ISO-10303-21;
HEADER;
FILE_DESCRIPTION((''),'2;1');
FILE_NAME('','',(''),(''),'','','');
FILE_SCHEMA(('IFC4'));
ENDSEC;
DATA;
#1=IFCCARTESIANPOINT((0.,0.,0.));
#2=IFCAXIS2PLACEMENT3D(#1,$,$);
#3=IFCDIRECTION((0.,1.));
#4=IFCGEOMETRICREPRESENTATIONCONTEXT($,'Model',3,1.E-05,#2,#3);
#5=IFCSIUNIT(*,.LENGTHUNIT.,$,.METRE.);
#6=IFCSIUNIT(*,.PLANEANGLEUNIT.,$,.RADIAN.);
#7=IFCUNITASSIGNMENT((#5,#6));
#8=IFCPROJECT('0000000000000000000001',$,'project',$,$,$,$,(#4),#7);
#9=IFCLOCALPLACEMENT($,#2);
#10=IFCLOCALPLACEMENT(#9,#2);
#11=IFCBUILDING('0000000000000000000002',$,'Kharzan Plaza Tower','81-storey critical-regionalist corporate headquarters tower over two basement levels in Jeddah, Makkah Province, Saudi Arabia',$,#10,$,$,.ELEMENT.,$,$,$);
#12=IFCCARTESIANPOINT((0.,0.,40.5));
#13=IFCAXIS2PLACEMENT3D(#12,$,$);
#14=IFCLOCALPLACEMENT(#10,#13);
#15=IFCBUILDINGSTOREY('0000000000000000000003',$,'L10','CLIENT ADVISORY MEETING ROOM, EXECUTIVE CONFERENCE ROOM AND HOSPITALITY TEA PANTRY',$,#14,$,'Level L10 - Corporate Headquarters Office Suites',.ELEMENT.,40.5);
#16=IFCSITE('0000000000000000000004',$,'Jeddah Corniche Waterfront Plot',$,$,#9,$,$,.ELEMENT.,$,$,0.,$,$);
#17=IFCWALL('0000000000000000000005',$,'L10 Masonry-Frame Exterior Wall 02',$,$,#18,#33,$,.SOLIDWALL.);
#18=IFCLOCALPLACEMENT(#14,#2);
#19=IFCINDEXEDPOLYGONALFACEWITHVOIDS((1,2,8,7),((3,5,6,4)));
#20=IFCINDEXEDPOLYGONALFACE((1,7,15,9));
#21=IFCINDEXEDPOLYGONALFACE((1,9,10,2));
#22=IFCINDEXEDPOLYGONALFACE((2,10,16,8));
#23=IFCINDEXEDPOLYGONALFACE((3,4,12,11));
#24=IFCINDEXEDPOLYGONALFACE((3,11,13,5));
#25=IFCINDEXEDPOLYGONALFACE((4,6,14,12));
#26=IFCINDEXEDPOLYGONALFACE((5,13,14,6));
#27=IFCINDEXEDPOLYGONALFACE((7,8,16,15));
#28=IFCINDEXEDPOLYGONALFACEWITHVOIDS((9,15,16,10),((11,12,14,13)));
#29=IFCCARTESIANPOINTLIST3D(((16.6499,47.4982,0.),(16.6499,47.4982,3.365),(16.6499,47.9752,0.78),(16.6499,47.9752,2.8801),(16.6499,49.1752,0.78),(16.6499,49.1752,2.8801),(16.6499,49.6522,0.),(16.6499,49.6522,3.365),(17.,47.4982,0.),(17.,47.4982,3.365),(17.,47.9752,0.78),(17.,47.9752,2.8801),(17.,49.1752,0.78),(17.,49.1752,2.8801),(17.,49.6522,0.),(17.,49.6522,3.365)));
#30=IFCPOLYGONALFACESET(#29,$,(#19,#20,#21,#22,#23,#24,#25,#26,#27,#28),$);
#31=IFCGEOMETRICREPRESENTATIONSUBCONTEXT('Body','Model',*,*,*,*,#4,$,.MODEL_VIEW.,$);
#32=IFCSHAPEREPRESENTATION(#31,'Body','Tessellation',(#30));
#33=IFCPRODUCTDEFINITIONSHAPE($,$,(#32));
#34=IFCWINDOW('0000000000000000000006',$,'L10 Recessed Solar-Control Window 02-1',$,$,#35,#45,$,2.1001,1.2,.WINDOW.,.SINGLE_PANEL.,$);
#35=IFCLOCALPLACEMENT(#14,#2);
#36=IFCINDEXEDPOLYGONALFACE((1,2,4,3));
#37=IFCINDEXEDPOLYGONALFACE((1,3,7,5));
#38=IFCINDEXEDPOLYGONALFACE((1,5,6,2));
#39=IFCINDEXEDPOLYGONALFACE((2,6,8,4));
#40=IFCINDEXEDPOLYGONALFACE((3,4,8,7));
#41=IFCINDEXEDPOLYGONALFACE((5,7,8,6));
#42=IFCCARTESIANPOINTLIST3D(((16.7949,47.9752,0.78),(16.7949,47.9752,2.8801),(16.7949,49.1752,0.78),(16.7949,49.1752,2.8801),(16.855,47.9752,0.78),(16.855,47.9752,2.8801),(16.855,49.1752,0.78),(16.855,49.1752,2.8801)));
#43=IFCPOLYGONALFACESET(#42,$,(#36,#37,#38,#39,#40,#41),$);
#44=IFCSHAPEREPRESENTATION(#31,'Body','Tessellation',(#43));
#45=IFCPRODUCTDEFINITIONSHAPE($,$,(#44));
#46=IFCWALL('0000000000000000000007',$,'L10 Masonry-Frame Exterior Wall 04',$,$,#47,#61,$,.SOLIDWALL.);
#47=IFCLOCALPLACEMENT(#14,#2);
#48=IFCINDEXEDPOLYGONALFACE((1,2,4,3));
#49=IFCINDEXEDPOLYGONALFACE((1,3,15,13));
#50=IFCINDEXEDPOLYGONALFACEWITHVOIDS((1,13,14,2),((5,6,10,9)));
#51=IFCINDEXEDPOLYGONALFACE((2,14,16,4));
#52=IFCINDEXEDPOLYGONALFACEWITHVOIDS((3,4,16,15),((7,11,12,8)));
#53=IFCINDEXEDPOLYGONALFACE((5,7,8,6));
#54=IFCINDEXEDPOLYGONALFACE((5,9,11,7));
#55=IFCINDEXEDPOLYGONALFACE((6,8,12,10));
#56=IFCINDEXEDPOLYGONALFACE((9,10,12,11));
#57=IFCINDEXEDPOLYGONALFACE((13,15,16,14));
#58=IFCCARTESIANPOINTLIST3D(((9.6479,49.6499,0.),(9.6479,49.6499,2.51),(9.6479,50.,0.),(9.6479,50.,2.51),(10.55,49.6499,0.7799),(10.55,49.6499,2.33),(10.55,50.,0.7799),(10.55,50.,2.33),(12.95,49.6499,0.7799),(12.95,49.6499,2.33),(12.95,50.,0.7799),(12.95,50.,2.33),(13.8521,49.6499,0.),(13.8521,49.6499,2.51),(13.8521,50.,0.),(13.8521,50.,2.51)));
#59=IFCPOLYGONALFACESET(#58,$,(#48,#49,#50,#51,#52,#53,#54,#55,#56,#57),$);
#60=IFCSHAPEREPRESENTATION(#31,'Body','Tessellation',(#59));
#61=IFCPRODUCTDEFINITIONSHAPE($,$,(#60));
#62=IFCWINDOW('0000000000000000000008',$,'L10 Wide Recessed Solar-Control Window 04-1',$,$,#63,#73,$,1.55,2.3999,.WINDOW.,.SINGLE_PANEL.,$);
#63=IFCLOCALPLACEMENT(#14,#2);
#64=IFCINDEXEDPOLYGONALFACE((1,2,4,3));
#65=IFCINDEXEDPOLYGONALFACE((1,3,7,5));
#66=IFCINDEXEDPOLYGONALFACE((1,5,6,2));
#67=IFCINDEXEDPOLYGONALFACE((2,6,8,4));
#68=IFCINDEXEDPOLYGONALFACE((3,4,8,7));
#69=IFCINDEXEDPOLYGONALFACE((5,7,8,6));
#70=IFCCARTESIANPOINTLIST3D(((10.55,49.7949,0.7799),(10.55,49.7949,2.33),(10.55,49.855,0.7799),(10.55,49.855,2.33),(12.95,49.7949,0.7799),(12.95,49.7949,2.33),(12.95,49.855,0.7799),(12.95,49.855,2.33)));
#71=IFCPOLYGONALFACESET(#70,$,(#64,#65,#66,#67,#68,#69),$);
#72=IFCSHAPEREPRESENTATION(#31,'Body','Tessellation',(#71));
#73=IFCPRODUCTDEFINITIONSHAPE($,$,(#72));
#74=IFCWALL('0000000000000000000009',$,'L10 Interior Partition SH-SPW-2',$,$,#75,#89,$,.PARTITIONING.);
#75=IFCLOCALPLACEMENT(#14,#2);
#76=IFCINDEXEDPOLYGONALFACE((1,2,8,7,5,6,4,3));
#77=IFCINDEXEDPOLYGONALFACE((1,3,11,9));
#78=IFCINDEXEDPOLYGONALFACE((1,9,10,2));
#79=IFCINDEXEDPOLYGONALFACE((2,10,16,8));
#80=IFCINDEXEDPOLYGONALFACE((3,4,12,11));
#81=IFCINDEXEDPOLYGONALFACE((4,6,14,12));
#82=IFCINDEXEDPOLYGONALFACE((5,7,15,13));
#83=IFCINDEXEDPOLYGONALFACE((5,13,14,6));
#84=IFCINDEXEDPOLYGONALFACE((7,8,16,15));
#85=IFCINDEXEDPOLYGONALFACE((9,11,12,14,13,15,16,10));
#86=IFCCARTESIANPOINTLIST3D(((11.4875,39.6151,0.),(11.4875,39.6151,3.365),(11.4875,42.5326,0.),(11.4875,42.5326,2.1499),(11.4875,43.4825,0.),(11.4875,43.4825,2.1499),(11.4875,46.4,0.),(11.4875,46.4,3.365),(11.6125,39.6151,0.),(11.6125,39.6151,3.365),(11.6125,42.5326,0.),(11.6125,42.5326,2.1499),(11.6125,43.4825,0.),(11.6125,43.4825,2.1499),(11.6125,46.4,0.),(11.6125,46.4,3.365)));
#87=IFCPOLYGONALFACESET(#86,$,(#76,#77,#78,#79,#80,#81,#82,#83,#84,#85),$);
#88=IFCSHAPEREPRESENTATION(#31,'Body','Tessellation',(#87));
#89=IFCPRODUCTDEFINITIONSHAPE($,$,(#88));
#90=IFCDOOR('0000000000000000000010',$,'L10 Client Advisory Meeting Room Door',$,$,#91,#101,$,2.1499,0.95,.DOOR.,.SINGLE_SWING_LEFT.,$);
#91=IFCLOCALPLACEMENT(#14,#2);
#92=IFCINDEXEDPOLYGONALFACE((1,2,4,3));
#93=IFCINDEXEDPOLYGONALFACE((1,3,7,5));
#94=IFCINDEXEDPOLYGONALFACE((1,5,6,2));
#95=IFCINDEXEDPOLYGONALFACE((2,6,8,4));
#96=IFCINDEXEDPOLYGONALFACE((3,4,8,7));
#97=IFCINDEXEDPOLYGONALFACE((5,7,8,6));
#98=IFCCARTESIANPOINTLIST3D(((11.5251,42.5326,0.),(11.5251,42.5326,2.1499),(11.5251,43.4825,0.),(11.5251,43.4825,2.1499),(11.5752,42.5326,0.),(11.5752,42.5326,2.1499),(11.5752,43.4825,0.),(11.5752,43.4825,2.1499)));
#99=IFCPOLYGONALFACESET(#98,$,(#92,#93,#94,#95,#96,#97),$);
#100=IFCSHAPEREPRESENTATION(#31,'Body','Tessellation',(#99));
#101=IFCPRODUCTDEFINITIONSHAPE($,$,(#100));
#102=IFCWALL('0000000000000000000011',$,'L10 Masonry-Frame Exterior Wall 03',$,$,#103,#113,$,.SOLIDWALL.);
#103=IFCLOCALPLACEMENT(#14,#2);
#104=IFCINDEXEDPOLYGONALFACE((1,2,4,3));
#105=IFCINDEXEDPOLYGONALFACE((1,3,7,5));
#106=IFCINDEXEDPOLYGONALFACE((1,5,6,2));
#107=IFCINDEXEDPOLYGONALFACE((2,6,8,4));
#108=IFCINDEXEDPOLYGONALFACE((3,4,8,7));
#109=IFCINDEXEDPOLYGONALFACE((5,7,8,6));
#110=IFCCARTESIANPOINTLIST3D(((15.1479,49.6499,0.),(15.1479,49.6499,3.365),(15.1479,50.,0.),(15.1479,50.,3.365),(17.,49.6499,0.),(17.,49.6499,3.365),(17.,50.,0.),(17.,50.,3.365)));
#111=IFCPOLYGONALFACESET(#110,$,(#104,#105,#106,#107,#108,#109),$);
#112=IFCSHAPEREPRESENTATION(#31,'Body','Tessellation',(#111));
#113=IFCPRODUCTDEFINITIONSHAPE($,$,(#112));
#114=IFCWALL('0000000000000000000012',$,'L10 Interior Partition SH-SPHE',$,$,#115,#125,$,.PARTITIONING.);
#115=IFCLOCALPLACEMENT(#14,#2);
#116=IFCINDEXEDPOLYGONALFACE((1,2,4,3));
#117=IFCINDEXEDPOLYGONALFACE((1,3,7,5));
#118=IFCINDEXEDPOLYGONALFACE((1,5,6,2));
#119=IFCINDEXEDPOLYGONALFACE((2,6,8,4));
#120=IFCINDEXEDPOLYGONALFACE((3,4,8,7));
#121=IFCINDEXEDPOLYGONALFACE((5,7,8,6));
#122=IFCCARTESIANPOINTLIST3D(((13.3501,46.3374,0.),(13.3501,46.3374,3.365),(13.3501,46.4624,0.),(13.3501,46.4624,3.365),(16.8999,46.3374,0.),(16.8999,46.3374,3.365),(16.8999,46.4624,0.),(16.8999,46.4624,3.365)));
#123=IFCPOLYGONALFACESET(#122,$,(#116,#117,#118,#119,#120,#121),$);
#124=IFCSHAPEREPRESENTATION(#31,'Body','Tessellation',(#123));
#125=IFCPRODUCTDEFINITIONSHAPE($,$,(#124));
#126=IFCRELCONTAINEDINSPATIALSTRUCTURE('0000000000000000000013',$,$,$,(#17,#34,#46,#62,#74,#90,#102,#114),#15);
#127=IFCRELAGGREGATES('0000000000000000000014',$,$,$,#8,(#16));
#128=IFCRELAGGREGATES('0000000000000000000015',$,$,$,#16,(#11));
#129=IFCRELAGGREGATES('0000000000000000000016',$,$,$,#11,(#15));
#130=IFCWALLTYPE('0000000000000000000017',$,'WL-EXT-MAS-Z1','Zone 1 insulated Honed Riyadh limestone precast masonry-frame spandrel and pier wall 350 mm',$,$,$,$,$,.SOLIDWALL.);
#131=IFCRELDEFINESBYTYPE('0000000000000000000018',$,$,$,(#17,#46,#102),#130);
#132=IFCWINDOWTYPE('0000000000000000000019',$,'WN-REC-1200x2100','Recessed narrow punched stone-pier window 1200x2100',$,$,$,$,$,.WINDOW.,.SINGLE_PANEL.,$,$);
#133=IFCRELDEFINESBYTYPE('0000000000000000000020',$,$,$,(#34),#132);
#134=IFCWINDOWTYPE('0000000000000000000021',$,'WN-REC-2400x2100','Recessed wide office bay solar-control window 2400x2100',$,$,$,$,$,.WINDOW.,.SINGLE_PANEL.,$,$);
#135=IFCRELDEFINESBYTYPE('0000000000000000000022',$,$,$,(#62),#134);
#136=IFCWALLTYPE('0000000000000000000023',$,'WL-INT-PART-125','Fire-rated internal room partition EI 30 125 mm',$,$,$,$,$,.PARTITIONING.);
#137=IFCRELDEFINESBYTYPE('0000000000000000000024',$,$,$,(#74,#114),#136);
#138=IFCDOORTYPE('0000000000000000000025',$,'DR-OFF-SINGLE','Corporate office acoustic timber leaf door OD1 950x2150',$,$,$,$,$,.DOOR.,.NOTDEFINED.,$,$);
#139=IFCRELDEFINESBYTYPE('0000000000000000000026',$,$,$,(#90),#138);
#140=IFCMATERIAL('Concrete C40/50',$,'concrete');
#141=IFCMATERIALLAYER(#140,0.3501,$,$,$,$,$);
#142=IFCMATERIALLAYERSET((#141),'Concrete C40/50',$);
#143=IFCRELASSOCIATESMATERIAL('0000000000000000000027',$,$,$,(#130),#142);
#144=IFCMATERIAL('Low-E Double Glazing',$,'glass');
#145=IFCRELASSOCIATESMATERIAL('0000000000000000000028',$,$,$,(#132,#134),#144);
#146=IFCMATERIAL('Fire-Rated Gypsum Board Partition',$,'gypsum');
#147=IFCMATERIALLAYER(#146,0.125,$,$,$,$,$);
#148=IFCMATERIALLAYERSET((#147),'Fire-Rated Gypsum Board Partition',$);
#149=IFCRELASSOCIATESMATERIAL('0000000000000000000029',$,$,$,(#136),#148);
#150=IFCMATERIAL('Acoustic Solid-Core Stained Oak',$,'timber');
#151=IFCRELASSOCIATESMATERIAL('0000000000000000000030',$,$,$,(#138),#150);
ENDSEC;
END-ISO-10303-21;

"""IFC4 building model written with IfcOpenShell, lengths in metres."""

from ifc_helpers import new_model, si_unit, direction, frame, frame_2d, origin, place, context, subcontext, project, spatial, rectangle, extrude, source, transform, mapped, material, layer, layer_set, type_object, element, fill, save


model = new_model("IFC4")

# Units and contexts
model_context = context("Model", 3, precision=1e-05, world=origin(), true_north=direction((0.0, 1.0)))
body_context = subcontext(model_context, "Body", "Model", "MODEL_VIEW")
ifc_project = project(units=[si_unit("LENGTHUNIT", "METRE"), si_unit("PLANEANGLEUNIT", "RADIAN")], contexts=[model_context])

# Site, building, storey
site_placement = place(None, origin())
site = spatial("IfcSite", under=ifc_project, at=site_placement, Name="Jeddah Corniche Waterfront Plot", CompositionType="ELEMENT", RefElevation=0.0)
building_placement = place(site_placement, origin())
building = spatial("IfcBuilding", under=site, at=building_placement, Name="Kharzan Plaza Tower", Description="81-storey critical-regionalist corporate headquarters tower over two basement levels in Jeddah, Makkah Province, Saudi Arabia", CompositionType="ELEMENT")
storey_placement = place(building_placement, frame((0.0, 0.0, 40.5)))
storey = spatial("IfcBuildingStorey", under=building, at=storey_placement, Name="L10", Description="CLIENT ADVISORY MEETING ROOM, EXECUTIVE CONFERENCE ROOM AND HOSPITALITY TEA PANTRY", LongName="Level L10 - Corporate Headquarters Office Suites", CompositionType="ELEMENT", Elevation=40.5)

# Walls, openings, windows
ifc_material_1 = material(Name="Concrete C40/50", Category="concrete")
ifc_layer_1 = layer(ifc_material_1, 0.3501)
ifc_layer_set_1 = layer_set([ifc_layer_1], Name="Concrete C40/50")
wall_type_1 = type_object("IfcWallType", Name="WL-EXT-MAS-Z1", Description="Zone 1 insulated Honed Riyadh limestone precast masonry-frame spandrel and pier wall 350 mm", PredefinedType="SOLIDWALL", material=ifc_layer_set_1)
wall_1_placement = place(storey_placement, frame((16.825, 47.498, 0.0), z_axis=(0.0, 0.0, 1.0), x_axis=(0.0, 1.0, 0.0)))
wall_1 = element("IfcWall", 1, at=wall_1_placement, inside=storey, type_object=wall_type_1, Name="L10 Masonry-Frame Exterior Wall 02", PredefinedType="SOLIDWALL", context=body_context, shape_type="SweptSolid", body=[
    extrude(rectangle(XDim=2.1541, YDim=0.3501, at=frame_2d((1.0771, 0.0))), origin(), (0.0, 0.0, 1.0), 3.365),
])
opening_1_placement = place(wall_1_placement, frame((0.4771, 0.0, 0.78)))
opening_1 = element("IfcOpeningElement", 2, at=opening_1_placement, cuts=wall_1, PredefinedType="OPENING", context=body_context, shape_type="SweptSolid", body=[
    extrude(rectangle(XDim=1.2, YDim=2.1001, at=frame_2d((0.6001, 1.05))), frame((0.0, 0.1851, 0.0), z_axis=(0.0, -1.0, 0.0), x_axis=(1.0, 0.0, 0.0)), (0.0, 0.0, 1.0), 0.3701),
])
ifc_material_2 = material(Name="Low-E Double Glazing", Category="glass")
window_type_1 = type_object("IfcWindowType", Name="WN-REC-1200x2100", Description="Recessed narrow punched stone-pier window 1200x2100", PartitioningType="SINGLE_PANEL", PredefinedType="WINDOW", material=ifc_material_2)
shared_shape_1 = source(origin(), body_context, "Body", "SweptSolid", [
    extrude(rectangle(XDim=1.2, YDim=2.1001, at=frame_2d((0.6001, 1.05))), frame((0.0, 0.03, 0.0), z_axis=(0.0, -1.0, 0.0), x_axis=(1.0, 0.0, 0.0)), (0.0, 0.0, 1.0), 0.0601),
])
window_1_placement = place(opening_1_placement, origin())
window_1 = element("IfcWindow", 3, at=window_1_placement, inside=storey, type_object=window_type_1, Name="L10 Recessed Solar-Control Window 02-1", OverallHeight=2.1001, OverallWidth=1.2, PartitioningType="SINGLE_PANEL", PredefinedType="WINDOW", context=body_context, shape_type="MappedRepresentation", body=[
    mapped(shared_shape_1, transform((0.0, 0.0, 0.0), x_axis=(1.0, 0.0, 0.0), y_axis=(0.0, 1.0, 0.0), z_axis=(0.0, 0.0, 1.0))),
])
fill(opening_1, window_1)
wall_2_placement = place(storey_placement, frame((13.8521, 49.825, 0.0), z_axis=(0.0, 0.0, 1.0), x_axis=(-1.0, 0.0, 0.0)))
wall_2 = element("IfcWall", 4, at=wall_2_placement, inside=storey, type_object=wall_type_1, Name="L10 Masonry-Frame Exterior Wall 04", PredefinedType="SOLIDWALL", context=body_context, shape_type="SweptSolid", body=[
    extrude(rectangle(XDim=4.2041, YDim=0.3501, at=frame_2d((2.1021, 0.0))), origin(), (0.0, 0.0, 1.0), 2.51),
])
opening_2_placement = place(wall_2_placement, frame((0.9021, 0.0, 0.78)))
opening_2 = element("IfcOpeningElement", 5, at=opening_2_placement, cuts=wall_2, PredefinedType="OPENING", context=body_context, shape_type="SweptSolid", body=[
    extrude(rectangle(XDim=2.3999, YDim=1.55, at=frame_2d((1.2, 0.7749))), frame((0.0, 0.1851, 0.0), z_axis=(0.0, -1.0, 0.0), x_axis=(1.0, 0.0, 0.0)), (0.0, 0.0, 1.0), 0.3701),
])
window_type_2 = type_object("IfcWindowType", Name="WN-REC-2400x2100", Description="Recessed wide office bay solar-control window 2400x2100", PartitioningType="SINGLE_PANEL", PredefinedType="WINDOW", material=ifc_material_2)
shared_shape_2 = source(origin(), body_context, "Body", "SweptSolid", [
    extrude(rectangle(XDim=2.3999, YDim=1.55, at=frame_2d((1.2, 0.7749))), frame((0.0, 0.03, 0.0), z_axis=(0.0, -1.0, 0.0), x_axis=(1.0, 0.0, 0.0)), (0.0, 0.0, 1.0), 0.0601),
])
window_2_placement = place(opening_2_placement, origin())
window_2 = element("IfcWindow", 6, at=window_2_placement, inside=storey, type_object=window_type_2, Name="L10 Wide Recessed Solar-Control Window 04-1", OverallHeight=1.55, OverallWidth=2.3999, PartitioningType="SINGLE_PANEL", PredefinedType="WINDOW", context=body_context, shape_type="MappedRepresentation", body=[
    mapped(shared_shape_2, transform((0.0, 0.0, 0.0), x_axis=(1.0, 0.0, 0.0), y_axis=(0.0, 1.0, 0.0), z_axis=(0.0, 0.0, 1.0))),
])
fill(opening_2, window_2)

# Wall, opening, door
ifc_material_3 = material(Name="Fire-Rated Gypsum Board Partition", Category="gypsum")
ifc_layer_2 = layer(ifc_material_3, 0.125)
ifc_layer_set_2 = layer_set([ifc_layer_2], Name="Fire-Rated Gypsum Board Partition")
wall_type_2 = type_object("IfcWallType", Name="WL-INT-PART-125", Description="Fire-rated internal room partition EI 30 125 mm", PredefinedType="PARTITIONING", material=ifc_layer_set_2)
ifc_material_4 = material(Name="Acoustic Solid-Core Stained Oak", Category="timber")
door_type = type_object("IfcDoorType", Name="DR-OFF-SINGLE", Description="Corporate office acoustic timber leaf door OD1 950x2150", OperationType="NOTDEFINED", PredefinedType="DOOR", material=ifc_material_4)
shared_shape_3 = source(origin(), body_context, "Body", "SweptSolid", [
    extrude(rectangle(XDim=0.95, YDim=2.1499, at=frame_2d((0.4751, 1.075))), frame((0.0, 0.0249, 0.0), z_axis=(0.0, -1.0, 0.0), x_axis=(1.0, 0.0, 0.0)), (0.0, 0.0, 1.0), 0.05),
])
wall_3_placement = place(storey_placement, frame((11.55, 39.615, 0.0), z_axis=(0.0, 0.0, 1.0), x_axis=(0.0, 1.0, 0.0)))
wall_3 = element("IfcWall", 7, at=wall_3_placement, inside=storey, type_object=wall_type_2, Name="L10 Interior Partition SH-SPW-2", PredefinedType="PARTITIONING", context=body_context, shape_type="SweptSolid", body=[
    extrude(rectangle(XDim=6.7849, YDim=0.125, at=frame_2d((3.3926, 0.0))), origin(), (0.0, 0.0, 1.0), 3.365),
])
opening_3_placement = place(wall_3_placement, frame((2.9175, 0.0, 0.0)))
opening_3 = element("IfcOpeningElement", 8, at=opening_3_placement, cuts=wall_3, PredefinedType="OPENING", context=body_context, shape_type="SweptSolid", body=[
    extrude(rectangle(XDim=0.95, YDim=2.1499, at=frame_2d((0.4751, 1.075))), frame((0.0, 0.0725, 0.0), z_axis=(0.0, -1.0, 0.0), x_axis=(1.0, 0.0, 0.0)), (0.0, 0.0, 1.0), 0.145),
])
door_1_placement = place(opening_3_placement, origin())
door_1 = element("IfcDoor", 9, at=door_1_placement, inside=storey, type_object=door_type, Name="L10 Client Advisory Meeting Room Door", OperationType="SINGLE_SWING_LEFT", OverallHeight=2.1499, OverallWidth=0.95, PredefinedType="DOOR", context=body_context, shape_type="MappedRepresentation", body=[
    mapped(shared_shape_3, transform((0.0, 0.0, 0.0), x_axis=(1.0, 0.0, 0.0), y_axis=(0.0, 1.0, 0.0), z_axis=(0.0, 0.0, 1.0))),
])
fill(opening_3, door_1)

# Walls
shared_shape_4 = source(origin(), body_context, "Body", "SweptSolid", [
    extrude(rectangle(XDim=1.8521, YDim=0.3501, at=frame_2d((0.926, 0.0))), origin(), (0.0, 0.0, 1.0), 3.365),
])
wall_4_placement = place(storey_placement, frame((17.0, 49.825, 0.0), z_axis=(0.0, 0.0, 1.0), x_axis=(-1.0, 0.0, 0.0)))
element("IfcWall", 10, at=wall_4_placement, inside=storey, type_object=wall_type_1, Name="L10 Masonry-Frame Exterior Wall 03", PredefinedType="SOLIDWALL", context=body_context, shape_type="MappedRepresentation", body=[
    mapped(shared_shape_4, transform((0.0, 0.0, 0.0), x_axis=(1.0, 0.0, 0.0), y_axis=(0.0, 1.0, 0.0), z_axis=(0.0, 0.0, 1.0))),
])
shared_shape_5 = source(origin(), body_context, "Body", "SweptSolid", [
    extrude(rectangle(XDim=3.5498, YDim=0.125, at=frame_2d((1.7749, 0.0))), origin(), (0.0, 0.0, 1.0), 3.365),
])
wall_5_placement = place(storey_placement, frame((13.3501, 46.3999, 0.0), z_axis=(0.0, 0.0, 1.0), x_axis=(1.0, 0.0, 0.0)))
element("IfcWall", 11, at=wall_5_placement, inside=storey, type_object=wall_type_2, Name="L10 Interior Partition SH-SPHE", PredefinedType="PARTITIONING", context=body_context, shape_type="MappedRepresentation", body=[
    mapped(shared_shape_5, transform((0.0, 0.0, 0.0), x_axis=(1.0, 0.0, 0.0), y_axis=(0.0, 1.0, 0.0), z_axis=(0.0, 0.0, 1.0))),
])

save(model, "model.ifc")
